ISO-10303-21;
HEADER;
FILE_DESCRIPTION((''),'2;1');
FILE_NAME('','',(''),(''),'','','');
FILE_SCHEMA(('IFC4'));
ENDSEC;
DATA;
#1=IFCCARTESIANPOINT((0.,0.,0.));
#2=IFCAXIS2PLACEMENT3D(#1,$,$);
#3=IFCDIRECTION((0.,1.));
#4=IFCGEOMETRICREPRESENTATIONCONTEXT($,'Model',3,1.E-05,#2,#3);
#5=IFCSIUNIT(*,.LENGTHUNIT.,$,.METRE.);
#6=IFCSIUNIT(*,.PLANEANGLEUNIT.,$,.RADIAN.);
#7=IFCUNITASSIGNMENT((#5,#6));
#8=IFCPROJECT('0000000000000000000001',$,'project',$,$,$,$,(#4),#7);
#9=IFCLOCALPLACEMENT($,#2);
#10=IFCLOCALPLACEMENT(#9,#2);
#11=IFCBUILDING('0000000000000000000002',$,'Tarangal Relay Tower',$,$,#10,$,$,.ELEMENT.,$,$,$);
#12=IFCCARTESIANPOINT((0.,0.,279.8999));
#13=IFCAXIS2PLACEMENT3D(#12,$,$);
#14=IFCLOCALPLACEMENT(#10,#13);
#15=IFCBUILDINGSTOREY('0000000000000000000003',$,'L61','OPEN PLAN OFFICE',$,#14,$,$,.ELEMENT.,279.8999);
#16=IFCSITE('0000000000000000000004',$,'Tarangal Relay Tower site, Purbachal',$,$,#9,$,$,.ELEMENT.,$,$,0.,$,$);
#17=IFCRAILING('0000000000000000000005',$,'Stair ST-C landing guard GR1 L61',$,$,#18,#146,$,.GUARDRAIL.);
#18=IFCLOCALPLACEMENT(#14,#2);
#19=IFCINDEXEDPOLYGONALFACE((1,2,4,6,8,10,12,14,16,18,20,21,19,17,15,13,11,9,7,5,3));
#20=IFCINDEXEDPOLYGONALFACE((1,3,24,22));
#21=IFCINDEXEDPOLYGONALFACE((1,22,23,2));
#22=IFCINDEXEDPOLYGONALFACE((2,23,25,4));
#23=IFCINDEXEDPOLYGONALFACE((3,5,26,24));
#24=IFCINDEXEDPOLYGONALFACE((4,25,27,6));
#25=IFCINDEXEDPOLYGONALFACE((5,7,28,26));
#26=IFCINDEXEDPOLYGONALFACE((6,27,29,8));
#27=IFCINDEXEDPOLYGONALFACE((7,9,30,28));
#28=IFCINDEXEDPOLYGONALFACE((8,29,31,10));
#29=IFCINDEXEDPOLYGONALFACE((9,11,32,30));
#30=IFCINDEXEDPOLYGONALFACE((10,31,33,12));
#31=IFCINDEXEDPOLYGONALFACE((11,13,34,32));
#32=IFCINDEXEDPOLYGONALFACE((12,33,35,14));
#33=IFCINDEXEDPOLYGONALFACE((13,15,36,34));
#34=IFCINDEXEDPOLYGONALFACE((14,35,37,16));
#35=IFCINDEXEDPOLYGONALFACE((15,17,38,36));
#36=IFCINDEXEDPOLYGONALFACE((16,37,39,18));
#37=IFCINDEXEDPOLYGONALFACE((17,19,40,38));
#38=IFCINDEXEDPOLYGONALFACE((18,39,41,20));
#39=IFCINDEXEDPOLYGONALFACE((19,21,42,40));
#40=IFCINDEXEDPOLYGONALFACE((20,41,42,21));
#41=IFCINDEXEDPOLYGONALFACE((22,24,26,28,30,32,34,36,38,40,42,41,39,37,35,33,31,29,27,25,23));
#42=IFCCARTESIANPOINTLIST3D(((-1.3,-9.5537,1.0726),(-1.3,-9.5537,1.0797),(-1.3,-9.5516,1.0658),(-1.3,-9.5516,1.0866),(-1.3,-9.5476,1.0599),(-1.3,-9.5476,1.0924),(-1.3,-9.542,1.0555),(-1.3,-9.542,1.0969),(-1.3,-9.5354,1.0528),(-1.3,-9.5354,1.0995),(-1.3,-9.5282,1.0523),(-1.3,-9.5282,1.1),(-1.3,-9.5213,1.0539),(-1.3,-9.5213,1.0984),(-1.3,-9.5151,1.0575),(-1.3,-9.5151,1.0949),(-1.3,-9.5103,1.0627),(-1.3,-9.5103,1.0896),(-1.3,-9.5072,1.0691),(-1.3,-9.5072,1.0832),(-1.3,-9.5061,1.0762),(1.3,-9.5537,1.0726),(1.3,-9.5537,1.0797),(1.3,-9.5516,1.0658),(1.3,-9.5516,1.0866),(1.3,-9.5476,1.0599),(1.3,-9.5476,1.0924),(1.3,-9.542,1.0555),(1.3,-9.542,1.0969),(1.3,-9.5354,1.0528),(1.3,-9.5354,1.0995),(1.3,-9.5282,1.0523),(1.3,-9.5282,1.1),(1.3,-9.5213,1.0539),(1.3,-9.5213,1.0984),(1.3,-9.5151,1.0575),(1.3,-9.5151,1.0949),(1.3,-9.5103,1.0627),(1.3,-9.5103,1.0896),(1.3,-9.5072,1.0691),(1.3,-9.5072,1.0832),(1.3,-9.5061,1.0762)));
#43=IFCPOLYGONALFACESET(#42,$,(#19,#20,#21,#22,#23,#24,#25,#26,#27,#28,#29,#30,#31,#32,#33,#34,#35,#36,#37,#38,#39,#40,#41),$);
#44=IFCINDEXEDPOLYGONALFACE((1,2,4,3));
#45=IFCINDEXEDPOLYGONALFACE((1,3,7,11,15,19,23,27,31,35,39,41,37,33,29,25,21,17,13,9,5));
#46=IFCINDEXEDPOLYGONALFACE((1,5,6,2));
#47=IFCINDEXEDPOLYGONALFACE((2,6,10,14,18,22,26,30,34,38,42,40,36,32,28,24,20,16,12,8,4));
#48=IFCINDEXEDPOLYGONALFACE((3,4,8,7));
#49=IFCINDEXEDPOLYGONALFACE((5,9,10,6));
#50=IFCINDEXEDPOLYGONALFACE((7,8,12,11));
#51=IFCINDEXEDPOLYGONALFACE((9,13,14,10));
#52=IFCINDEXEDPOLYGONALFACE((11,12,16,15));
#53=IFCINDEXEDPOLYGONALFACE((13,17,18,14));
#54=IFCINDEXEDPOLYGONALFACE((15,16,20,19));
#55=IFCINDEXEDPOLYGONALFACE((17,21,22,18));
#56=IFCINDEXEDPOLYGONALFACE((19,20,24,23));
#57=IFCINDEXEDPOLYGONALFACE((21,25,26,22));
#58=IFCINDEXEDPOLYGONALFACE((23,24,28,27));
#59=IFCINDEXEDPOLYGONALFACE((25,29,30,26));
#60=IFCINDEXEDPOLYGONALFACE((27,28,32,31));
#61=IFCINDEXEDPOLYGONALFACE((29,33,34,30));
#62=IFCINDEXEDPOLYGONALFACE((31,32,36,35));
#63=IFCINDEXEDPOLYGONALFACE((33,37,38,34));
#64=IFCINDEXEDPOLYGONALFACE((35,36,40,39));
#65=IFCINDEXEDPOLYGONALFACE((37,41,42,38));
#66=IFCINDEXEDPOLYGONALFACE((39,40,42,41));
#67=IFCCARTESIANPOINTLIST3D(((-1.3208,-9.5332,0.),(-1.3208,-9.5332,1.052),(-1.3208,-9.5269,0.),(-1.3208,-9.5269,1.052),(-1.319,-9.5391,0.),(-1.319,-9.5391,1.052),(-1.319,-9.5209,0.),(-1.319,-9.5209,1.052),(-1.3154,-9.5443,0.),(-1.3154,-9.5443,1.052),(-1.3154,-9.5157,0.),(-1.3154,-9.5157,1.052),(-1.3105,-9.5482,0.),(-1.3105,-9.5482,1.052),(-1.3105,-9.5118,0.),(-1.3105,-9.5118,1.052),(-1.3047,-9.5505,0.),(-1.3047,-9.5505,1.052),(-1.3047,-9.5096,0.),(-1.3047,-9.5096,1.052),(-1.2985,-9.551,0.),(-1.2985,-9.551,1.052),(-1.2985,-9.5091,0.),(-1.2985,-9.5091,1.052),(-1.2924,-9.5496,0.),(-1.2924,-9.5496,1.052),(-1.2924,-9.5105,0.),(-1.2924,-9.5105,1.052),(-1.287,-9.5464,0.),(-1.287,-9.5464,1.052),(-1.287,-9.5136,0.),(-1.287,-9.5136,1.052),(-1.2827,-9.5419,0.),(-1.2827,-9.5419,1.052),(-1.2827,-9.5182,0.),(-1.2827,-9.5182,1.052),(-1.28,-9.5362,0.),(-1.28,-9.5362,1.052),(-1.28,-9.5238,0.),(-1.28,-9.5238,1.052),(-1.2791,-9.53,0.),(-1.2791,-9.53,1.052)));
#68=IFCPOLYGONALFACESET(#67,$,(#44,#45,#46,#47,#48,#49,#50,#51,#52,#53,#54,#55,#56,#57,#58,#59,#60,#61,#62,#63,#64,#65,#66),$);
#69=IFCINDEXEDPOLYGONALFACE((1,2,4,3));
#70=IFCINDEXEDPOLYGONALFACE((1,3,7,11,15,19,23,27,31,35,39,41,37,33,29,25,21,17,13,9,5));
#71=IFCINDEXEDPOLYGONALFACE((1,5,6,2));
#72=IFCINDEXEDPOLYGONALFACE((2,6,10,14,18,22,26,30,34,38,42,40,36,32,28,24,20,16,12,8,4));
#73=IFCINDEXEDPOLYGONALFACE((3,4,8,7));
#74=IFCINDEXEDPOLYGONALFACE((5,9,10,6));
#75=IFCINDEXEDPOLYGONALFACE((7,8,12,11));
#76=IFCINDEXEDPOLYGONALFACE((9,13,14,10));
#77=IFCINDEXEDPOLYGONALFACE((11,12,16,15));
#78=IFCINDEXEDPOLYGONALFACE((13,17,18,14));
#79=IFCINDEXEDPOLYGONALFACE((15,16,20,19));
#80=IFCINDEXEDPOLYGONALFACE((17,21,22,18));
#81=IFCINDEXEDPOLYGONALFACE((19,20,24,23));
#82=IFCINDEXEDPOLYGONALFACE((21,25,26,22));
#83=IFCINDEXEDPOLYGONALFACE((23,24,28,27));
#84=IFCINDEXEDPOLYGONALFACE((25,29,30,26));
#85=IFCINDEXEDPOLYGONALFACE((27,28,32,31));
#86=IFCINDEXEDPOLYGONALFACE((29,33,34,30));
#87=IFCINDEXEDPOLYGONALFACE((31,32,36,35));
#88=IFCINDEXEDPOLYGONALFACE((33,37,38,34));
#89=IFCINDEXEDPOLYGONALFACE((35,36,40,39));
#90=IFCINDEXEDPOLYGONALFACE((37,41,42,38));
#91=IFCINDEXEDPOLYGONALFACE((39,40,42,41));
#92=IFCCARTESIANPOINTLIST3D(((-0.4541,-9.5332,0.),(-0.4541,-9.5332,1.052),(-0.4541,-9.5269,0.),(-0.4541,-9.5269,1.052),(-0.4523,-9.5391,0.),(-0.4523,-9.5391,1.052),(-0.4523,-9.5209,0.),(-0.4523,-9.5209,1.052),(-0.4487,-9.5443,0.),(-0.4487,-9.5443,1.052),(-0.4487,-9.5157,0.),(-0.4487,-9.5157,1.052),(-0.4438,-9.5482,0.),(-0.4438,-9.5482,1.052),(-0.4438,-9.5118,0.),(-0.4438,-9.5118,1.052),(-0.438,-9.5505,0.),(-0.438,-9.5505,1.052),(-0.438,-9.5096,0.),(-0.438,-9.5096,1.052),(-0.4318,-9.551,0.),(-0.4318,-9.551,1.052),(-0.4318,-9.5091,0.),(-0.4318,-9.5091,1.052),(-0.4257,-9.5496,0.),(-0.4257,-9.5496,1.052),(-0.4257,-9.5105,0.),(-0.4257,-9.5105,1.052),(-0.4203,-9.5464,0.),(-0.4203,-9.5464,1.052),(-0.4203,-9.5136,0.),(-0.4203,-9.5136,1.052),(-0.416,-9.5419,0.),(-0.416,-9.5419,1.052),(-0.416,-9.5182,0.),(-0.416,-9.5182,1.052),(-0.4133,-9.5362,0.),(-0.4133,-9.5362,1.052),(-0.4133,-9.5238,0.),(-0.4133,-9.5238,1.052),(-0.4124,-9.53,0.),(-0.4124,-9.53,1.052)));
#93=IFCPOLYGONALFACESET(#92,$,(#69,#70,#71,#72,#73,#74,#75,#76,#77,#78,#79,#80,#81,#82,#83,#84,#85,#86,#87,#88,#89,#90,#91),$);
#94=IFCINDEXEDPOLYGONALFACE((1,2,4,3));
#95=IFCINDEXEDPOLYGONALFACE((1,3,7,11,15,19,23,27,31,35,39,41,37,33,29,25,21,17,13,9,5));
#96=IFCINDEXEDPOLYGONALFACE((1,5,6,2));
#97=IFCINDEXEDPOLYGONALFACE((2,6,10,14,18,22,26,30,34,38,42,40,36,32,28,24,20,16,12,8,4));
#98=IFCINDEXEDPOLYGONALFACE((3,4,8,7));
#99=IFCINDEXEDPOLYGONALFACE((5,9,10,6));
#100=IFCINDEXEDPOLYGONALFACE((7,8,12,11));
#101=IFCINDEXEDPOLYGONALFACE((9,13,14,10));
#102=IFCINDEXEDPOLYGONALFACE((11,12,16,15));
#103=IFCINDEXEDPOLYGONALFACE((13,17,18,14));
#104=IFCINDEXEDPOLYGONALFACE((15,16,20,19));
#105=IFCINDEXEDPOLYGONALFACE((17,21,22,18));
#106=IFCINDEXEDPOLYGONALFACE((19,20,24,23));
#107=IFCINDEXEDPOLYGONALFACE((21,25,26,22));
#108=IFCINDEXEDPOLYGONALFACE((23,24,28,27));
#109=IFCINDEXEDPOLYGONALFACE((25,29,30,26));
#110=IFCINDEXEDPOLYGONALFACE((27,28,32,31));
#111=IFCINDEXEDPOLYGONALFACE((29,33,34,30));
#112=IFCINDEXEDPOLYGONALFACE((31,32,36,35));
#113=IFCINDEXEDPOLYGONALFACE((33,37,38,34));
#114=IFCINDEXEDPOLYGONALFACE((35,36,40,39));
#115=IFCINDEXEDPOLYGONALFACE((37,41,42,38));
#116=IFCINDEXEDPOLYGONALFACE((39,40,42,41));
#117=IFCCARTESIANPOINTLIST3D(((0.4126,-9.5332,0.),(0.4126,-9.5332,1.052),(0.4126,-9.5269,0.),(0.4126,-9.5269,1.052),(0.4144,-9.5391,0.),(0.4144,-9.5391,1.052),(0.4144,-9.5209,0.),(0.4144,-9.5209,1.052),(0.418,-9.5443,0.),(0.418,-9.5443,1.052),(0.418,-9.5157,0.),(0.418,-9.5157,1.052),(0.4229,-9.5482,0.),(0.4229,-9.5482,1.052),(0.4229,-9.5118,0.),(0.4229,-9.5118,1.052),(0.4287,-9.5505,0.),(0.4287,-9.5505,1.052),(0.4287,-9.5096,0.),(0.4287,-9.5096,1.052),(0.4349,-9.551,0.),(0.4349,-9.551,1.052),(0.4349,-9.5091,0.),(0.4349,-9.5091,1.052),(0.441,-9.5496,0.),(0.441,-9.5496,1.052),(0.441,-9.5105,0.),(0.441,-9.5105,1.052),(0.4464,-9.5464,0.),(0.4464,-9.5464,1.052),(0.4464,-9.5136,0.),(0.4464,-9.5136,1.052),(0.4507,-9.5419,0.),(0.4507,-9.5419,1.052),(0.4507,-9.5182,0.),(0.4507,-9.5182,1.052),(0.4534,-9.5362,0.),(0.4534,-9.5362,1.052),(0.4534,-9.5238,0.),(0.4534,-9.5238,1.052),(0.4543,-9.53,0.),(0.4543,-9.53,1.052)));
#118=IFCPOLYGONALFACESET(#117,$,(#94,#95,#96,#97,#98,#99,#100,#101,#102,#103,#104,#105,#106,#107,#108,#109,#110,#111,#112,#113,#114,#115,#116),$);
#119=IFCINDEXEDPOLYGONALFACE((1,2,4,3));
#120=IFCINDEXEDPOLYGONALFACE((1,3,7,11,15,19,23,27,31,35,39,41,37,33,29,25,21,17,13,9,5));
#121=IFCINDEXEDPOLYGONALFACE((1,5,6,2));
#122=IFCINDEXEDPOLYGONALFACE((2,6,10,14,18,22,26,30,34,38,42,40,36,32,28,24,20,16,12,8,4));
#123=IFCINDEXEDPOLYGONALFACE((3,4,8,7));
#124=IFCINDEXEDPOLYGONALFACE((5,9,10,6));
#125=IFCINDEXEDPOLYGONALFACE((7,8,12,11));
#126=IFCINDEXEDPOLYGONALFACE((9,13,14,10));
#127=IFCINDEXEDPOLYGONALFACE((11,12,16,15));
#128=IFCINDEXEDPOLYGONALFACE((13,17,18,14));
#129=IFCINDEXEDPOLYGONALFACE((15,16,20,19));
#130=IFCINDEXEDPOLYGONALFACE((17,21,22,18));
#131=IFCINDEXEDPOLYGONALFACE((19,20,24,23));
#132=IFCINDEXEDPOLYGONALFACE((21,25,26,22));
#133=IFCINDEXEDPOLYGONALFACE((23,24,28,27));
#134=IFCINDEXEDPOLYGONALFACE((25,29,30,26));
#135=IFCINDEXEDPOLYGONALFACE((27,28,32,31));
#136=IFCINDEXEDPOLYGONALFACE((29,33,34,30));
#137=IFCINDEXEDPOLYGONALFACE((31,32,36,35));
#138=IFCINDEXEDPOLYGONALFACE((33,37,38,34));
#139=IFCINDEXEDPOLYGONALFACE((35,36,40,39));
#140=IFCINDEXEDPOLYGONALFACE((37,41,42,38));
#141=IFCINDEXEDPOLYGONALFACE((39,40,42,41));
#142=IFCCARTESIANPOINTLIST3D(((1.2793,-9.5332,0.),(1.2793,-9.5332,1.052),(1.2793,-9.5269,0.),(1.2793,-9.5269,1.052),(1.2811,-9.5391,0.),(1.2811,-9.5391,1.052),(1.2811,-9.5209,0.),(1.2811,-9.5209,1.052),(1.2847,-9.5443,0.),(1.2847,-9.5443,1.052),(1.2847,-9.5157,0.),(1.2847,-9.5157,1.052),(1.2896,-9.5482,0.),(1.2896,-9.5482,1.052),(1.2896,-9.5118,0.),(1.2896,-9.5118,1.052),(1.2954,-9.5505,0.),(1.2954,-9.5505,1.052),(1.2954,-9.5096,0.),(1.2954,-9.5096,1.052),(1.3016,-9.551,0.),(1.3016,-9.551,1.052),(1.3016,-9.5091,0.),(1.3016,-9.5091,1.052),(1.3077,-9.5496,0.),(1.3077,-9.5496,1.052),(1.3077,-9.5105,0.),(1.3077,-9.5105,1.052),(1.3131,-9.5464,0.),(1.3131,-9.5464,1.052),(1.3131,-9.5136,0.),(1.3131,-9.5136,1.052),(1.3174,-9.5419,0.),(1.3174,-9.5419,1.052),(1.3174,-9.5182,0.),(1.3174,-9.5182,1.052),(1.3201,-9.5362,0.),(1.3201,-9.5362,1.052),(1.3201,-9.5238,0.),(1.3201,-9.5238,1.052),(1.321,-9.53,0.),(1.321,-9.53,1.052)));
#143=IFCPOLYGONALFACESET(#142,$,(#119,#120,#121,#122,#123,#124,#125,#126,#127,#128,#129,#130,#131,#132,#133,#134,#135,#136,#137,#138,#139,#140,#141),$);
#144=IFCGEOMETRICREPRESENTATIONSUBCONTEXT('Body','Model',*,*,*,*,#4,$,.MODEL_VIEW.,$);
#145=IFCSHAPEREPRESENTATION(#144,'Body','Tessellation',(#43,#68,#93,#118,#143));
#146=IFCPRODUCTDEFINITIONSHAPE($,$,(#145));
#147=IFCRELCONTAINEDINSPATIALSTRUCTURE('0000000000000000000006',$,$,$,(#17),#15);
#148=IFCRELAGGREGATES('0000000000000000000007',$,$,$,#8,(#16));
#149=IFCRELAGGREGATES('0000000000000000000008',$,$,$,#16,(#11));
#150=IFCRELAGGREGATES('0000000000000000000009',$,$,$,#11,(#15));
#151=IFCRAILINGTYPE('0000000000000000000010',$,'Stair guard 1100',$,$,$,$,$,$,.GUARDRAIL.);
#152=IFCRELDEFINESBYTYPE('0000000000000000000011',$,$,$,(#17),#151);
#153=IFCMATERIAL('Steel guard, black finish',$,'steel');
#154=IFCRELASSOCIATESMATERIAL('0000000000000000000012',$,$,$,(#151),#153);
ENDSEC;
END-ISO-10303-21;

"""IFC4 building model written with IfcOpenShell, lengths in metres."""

from ifc_helpers import new_model, si_unit, direction, frame, origin, origin_2d, place, context, subcontext, project, spatial, circle, extrude, material, type_object, element, save


model = new_model("IFC4")

# Units and contexts
model_context = context("Model", 3, precision=1e-05, world=origin(), true_north=direction((0.0, 1.0)))
body_context = subcontext(model_context, "Body", "Model", "MODEL_VIEW")
ifc_project = project(units=[si_unit("LENGTHUNIT", "METRE"), si_unit("PLANEANGLEUNIT", "RADIAN")], contexts=[model_context])

# Site, building, storey
site_placement = place(None, origin())
site = spatial("IfcSite", under=ifc_project, at=site_placement, Name="Tarangal Relay Tower site, Purbachal", CompositionType="ELEMENT", RefElevation=0.0)
building_placement = place(site_placement, origin())
building = spatial("IfcBuilding", under=site, at=building_placement, Name="Tarangal Relay Tower", CompositionType="ELEMENT")
storey_placement = place(building_placement, frame((0.0, 0.0, 279.8999)))
storey = spatial("IfcBuildingStorey", under=building, at=storey_placement, Name="L61", Description="OPEN PLAN OFFICE", CompositionType="ELEMENT", Elevation=279.8999)

# Railing
ifc_material_1 = material(Name="Steel guard, black finish", Category="steel")
railing_type_1 = type_object("IfcRailingType", Name="Stair guard 1100", PredefinedType="GUARDRAIL", material=ifc_material_1)
railing_1_placement = place(storey_placement, frame((-1.3, -9.53, 0.0)))
element("IfcRailing", 1, at=railing_1_placement, inside=storey, type_object=railing_type_1, Name="Stair ST-C landing guard GR1 L61", PredefinedType="GUARDRAIL", context=body_context, shape_type="SweptSolid", body=[
    extrude(circle(Radius=0.0239, at=origin_2d()), frame((0.0, 0.0, 1.0762), z_axis=(1.0, 0.0, 0.0), x_axis=(0.0, 1.0, 0.0)), (0.0, 0.0, 1.0), 2.6001),
    extrude(circle(Radius=0.021, at=origin_2d()), origin(), (0.0, 0.0, 1.0), 1.052),
    extrude(circle(Radius=0.021, at=origin_2d()), frame((0.8667, 0.0, 0.0)), (0.0, 0.0, 1.0), 1.052),
    extrude(circle(Radius=0.021, at=origin_2d()), frame((1.7334, 0.0, 0.0)), (0.0, 0.0, 1.0), 1.052),
    extrude(circle(Radius=0.021, at=origin_2d()), frame((2.6001, 0.0, 0.0)), (0.0, 0.0, 1.0), 1.052),
])

save(model, "model.ifc")
